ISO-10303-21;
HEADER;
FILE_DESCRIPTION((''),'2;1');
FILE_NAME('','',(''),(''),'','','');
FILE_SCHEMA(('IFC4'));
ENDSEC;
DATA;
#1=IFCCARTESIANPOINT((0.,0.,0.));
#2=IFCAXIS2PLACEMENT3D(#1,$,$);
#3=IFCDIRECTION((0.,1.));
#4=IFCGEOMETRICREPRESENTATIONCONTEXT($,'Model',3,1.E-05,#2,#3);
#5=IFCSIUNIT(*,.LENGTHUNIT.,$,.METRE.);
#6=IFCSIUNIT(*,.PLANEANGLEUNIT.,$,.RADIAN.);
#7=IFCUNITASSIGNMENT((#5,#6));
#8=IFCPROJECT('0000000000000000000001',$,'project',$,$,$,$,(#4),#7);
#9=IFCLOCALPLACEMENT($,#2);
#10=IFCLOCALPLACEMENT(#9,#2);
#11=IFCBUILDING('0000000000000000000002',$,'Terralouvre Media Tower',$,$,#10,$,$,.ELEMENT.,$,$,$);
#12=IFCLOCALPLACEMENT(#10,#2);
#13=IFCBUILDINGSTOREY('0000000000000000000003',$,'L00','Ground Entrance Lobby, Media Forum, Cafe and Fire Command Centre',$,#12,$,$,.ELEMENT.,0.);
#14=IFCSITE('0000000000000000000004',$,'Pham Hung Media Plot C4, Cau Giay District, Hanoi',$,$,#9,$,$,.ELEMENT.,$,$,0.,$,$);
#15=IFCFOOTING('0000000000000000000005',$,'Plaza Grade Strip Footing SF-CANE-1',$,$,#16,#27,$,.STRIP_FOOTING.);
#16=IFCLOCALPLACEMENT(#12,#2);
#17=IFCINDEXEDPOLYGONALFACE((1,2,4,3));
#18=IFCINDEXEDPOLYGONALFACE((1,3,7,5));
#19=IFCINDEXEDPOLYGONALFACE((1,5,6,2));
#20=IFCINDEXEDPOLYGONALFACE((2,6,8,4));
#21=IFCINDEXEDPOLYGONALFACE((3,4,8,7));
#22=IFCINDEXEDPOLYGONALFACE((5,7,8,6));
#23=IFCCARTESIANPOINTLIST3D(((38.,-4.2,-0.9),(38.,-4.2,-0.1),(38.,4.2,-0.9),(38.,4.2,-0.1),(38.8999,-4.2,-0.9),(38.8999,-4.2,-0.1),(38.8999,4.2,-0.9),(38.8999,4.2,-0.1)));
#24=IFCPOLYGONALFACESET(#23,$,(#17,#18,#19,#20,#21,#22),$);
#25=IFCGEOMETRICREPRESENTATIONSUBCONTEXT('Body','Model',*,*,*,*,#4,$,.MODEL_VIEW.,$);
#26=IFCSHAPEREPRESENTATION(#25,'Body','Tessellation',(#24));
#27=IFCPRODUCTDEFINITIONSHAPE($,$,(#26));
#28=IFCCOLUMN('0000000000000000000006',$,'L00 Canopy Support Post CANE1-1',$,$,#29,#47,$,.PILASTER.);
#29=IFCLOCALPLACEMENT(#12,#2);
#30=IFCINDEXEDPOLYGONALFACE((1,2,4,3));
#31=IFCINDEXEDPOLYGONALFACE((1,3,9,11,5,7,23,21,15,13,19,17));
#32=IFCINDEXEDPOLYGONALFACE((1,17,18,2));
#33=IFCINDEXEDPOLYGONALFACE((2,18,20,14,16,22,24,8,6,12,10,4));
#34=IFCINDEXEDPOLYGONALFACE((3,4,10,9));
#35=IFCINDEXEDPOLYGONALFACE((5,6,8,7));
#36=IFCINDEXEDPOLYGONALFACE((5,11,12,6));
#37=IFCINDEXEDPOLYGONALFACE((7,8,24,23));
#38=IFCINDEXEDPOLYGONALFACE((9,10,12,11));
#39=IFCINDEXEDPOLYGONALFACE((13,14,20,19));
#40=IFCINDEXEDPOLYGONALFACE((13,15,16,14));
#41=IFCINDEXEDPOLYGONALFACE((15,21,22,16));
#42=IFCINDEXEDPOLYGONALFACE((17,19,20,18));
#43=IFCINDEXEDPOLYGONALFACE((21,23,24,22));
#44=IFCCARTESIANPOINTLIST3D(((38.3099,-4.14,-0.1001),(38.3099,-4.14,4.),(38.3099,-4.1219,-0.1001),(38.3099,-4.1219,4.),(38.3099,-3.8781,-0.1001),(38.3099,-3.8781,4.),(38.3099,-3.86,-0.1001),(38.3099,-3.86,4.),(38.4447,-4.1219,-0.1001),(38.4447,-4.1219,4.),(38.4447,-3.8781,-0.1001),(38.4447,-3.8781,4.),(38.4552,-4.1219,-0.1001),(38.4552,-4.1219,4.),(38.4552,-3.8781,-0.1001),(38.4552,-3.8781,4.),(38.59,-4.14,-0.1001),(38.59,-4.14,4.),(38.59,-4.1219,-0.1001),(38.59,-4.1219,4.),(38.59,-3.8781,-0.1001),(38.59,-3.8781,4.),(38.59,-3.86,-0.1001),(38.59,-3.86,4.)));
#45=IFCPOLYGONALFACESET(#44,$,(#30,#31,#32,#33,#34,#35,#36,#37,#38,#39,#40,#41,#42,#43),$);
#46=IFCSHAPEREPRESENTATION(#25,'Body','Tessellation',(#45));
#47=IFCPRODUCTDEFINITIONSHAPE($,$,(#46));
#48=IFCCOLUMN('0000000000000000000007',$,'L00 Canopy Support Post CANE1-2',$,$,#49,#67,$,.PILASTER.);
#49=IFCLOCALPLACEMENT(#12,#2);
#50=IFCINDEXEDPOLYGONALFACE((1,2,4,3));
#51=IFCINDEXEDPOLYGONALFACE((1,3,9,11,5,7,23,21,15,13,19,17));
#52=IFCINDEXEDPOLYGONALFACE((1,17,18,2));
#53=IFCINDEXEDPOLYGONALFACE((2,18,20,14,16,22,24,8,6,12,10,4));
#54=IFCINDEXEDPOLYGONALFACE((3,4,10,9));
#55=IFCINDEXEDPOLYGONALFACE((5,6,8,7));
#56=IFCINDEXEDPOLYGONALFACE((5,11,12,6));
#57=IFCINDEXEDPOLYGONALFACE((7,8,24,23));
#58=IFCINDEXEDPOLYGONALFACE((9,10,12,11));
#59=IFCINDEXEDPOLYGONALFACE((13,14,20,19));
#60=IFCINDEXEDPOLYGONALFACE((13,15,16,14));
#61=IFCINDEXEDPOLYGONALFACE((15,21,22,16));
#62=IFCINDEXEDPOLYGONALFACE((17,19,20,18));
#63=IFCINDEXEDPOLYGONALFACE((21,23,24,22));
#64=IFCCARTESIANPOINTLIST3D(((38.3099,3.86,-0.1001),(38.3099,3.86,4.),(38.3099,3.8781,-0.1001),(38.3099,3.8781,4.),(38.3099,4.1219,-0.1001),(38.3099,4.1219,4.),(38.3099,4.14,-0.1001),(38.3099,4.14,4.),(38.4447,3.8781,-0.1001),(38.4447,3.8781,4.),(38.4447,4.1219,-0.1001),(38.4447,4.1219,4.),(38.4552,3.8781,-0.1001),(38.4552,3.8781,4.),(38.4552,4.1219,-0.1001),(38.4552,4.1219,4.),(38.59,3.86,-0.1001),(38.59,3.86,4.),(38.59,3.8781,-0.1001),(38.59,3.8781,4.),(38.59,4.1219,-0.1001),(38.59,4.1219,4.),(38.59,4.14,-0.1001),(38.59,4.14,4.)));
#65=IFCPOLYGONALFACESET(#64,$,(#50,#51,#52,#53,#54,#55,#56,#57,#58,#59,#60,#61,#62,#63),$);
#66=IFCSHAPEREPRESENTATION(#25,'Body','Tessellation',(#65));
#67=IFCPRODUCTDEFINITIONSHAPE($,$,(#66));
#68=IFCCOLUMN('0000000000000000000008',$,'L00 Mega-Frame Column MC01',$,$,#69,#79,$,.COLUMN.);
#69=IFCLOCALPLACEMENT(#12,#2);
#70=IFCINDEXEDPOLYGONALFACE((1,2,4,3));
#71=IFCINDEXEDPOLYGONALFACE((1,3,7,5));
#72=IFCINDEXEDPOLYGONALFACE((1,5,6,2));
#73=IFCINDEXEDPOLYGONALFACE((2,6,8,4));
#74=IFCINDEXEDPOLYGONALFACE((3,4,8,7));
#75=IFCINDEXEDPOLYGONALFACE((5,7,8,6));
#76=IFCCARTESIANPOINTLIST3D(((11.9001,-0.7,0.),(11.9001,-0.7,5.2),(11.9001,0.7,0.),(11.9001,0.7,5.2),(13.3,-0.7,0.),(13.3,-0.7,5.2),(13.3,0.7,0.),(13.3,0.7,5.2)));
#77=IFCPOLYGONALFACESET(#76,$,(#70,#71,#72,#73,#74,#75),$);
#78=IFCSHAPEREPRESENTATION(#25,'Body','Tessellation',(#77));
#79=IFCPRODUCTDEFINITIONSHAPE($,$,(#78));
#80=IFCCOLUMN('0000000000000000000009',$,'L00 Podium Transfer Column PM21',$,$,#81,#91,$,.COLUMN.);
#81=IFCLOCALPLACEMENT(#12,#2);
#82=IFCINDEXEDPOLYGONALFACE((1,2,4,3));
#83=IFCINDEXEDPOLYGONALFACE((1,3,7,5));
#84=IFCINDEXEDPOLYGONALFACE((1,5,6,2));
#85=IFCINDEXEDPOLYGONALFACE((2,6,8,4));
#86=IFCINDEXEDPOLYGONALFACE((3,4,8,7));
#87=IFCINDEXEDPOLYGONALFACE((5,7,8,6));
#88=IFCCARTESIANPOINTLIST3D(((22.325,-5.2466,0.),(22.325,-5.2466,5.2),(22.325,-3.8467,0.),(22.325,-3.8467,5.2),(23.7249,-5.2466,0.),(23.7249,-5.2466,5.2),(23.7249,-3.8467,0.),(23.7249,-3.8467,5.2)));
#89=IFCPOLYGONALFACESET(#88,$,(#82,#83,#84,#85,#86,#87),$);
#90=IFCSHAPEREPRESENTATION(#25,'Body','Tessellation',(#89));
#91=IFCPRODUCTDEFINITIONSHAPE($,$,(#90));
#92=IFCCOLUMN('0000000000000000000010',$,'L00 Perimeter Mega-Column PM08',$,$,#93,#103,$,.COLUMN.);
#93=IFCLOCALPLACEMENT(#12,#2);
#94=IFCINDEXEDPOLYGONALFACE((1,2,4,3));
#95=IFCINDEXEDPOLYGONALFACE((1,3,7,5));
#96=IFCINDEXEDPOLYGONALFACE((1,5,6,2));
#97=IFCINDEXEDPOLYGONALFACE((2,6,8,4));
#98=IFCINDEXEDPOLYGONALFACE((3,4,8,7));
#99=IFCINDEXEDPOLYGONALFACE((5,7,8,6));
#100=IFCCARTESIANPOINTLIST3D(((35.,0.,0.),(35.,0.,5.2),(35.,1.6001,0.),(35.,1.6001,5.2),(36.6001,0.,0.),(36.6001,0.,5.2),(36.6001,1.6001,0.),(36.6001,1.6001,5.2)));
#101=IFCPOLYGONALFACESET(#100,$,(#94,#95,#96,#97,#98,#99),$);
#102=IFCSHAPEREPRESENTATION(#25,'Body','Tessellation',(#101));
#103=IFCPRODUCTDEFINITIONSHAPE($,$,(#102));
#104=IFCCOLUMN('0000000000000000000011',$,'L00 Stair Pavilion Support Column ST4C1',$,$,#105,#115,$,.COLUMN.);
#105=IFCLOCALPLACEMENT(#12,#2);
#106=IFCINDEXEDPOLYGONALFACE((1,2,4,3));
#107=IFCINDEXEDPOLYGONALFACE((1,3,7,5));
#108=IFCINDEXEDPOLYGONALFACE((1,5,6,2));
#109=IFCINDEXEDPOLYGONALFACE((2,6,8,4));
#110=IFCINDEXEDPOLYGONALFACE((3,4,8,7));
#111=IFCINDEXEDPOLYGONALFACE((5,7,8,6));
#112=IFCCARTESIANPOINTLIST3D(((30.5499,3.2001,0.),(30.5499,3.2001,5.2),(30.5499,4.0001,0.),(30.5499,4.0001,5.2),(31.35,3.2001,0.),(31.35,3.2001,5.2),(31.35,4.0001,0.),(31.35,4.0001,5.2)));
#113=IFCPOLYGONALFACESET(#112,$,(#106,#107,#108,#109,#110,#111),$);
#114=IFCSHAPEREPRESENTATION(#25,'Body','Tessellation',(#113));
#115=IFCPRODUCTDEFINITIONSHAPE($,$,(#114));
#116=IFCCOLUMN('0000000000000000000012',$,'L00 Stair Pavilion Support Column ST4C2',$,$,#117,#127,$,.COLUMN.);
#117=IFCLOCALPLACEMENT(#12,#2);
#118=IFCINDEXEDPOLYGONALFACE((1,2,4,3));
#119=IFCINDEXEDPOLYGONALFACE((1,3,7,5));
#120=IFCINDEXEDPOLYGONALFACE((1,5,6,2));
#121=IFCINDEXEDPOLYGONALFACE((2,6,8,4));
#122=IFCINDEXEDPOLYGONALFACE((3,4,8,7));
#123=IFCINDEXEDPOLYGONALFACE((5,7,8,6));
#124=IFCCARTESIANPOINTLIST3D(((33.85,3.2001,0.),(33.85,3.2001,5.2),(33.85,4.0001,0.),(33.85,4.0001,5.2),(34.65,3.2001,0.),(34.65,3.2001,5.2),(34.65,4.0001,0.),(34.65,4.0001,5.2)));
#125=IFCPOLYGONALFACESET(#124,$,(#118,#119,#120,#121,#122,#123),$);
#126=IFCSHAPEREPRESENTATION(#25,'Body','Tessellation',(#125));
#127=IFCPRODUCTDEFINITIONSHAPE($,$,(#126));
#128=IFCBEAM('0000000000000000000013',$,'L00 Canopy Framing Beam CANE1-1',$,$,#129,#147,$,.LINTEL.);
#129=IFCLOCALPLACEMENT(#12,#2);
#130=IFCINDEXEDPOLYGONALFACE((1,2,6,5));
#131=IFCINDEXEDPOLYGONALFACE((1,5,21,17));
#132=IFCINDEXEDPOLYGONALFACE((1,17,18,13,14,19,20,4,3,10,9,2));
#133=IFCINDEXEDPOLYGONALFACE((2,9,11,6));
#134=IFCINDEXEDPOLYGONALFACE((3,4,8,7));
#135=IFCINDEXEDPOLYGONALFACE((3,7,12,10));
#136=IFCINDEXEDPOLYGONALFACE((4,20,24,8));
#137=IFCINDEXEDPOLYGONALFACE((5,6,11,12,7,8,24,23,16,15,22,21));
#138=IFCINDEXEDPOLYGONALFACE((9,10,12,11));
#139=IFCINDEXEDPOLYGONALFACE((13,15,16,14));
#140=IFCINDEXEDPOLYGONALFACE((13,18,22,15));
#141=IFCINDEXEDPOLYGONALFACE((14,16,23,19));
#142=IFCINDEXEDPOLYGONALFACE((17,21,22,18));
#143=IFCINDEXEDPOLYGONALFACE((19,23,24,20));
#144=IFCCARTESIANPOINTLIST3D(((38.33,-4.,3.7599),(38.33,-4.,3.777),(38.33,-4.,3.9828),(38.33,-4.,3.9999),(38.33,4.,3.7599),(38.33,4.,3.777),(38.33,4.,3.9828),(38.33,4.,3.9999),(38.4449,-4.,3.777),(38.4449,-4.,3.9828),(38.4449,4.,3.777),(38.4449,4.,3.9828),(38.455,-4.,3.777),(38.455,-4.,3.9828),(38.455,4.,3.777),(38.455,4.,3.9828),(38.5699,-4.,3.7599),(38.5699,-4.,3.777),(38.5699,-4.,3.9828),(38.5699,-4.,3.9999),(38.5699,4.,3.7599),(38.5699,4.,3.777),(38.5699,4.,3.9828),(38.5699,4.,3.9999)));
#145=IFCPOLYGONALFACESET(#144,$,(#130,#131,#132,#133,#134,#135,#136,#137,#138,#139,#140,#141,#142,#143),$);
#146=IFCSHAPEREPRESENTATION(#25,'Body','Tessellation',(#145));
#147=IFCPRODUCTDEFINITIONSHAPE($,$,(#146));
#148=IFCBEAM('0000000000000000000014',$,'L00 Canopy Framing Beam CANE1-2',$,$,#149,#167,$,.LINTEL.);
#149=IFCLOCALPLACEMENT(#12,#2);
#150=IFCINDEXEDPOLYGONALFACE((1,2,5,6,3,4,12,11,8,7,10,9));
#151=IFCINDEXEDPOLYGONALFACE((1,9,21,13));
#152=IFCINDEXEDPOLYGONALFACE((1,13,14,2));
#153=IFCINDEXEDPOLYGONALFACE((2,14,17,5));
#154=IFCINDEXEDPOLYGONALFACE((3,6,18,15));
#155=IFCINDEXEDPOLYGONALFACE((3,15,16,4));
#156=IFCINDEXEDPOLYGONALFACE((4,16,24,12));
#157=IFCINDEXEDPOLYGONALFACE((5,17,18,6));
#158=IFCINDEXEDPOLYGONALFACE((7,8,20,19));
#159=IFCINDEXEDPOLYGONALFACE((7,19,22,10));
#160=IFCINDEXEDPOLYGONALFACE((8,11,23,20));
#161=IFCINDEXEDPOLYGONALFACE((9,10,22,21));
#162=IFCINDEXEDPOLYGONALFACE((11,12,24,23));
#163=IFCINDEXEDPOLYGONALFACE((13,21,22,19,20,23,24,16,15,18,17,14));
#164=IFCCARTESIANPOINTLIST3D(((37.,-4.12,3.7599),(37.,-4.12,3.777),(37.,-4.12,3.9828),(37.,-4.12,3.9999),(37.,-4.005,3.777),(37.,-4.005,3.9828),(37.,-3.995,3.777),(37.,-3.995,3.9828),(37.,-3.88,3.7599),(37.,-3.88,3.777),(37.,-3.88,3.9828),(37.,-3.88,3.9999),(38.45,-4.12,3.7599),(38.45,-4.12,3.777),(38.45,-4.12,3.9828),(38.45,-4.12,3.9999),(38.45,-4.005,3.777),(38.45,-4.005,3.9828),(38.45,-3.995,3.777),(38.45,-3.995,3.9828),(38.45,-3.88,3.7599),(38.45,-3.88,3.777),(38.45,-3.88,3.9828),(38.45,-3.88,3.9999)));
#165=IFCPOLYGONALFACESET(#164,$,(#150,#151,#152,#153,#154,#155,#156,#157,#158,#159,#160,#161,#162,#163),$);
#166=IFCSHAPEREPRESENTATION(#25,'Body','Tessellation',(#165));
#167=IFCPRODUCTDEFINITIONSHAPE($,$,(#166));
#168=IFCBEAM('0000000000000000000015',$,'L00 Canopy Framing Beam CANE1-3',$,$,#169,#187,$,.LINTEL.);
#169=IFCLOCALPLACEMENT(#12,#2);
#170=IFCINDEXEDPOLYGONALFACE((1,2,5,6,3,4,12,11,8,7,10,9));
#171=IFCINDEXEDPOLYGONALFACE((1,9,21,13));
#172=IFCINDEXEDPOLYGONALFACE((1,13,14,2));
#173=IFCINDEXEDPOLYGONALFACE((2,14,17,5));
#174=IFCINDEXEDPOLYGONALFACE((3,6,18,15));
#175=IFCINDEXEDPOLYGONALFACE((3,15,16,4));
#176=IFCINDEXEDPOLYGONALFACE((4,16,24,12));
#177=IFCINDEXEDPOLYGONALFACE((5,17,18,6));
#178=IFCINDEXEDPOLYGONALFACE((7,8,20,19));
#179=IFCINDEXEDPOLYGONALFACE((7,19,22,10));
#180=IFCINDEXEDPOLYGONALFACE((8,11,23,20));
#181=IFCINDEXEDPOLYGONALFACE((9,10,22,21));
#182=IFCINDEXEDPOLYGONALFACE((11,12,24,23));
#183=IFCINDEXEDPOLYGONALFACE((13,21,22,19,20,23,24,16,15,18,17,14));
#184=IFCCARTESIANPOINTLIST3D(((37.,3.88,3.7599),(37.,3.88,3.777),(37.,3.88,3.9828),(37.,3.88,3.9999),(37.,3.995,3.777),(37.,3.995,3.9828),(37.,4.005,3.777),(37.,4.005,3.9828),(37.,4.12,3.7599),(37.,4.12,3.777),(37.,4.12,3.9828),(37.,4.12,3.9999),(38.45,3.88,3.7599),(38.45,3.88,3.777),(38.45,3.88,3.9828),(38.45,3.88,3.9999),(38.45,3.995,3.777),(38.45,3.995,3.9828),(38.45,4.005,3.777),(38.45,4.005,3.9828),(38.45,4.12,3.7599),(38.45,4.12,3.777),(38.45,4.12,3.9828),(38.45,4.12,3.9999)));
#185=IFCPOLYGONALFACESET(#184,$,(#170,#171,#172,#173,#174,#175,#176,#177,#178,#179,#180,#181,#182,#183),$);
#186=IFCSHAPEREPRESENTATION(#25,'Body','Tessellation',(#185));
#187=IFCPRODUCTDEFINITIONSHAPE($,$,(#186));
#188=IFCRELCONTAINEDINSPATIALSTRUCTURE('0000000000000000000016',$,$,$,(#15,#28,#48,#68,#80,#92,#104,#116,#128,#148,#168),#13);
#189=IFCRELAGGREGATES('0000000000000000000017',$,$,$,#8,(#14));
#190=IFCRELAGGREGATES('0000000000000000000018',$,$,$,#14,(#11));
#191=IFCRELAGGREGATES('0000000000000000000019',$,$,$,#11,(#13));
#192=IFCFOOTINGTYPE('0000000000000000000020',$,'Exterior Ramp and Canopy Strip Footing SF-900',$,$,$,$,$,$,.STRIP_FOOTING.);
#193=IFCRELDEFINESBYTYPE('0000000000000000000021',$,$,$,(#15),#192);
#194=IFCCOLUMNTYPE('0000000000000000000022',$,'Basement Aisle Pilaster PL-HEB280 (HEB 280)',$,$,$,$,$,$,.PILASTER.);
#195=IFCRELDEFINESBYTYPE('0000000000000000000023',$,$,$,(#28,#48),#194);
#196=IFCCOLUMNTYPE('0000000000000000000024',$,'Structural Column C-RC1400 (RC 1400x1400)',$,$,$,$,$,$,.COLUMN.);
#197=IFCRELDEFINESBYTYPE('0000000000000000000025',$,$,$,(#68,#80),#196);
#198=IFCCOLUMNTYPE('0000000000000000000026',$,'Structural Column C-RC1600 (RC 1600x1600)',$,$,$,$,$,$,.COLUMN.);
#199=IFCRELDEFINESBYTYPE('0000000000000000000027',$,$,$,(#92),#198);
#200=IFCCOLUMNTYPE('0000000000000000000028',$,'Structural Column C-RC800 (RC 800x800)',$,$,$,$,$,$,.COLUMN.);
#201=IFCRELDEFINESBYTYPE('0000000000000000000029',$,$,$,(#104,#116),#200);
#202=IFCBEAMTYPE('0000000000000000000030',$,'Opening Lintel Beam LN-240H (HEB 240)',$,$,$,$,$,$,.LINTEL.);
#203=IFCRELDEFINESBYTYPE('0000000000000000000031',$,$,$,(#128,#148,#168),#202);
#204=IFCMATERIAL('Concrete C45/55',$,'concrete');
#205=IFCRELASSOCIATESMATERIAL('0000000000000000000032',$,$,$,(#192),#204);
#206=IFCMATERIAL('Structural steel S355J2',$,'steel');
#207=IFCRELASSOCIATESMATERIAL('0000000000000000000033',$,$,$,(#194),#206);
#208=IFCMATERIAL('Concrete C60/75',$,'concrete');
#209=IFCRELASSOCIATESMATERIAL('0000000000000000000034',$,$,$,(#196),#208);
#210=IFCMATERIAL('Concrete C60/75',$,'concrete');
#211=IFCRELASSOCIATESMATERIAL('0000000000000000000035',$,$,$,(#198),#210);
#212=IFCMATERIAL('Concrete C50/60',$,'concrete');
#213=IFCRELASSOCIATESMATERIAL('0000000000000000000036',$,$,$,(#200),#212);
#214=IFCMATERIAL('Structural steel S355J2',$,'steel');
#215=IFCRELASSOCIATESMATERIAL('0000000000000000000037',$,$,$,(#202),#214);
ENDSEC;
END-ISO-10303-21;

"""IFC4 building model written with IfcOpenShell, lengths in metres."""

from ifc_helpers import new_model, si_unit, direction, frame, origin, origin_2d, place, context, subcontext, project, spatial, rectangle, i_section, extrude, material, material_profile, profile_set, type_object, element, save


model = new_model("IFC4")

# Units and contexts
model_context = context("Model", 3, precision=1e-05, world=origin(), true_north=direction((0.0, 1.0)))
body_context = subcontext(model_context, "Body", "Model", "MODEL_VIEW")
ifc_project = project(units=[si_unit("LENGTHUNIT", "METRE"), si_unit("PLANEANGLEUNIT", "RADIAN")], contexts=[model_context])

# Site, building, storey
site_placement = place(None, origin())
site = spatial("IfcSite", under=ifc_project, at=site_placement, Name="Pham Hung Media Plot C4, Cau Giay District, Hanoi", CompositionType="ELEMENT", RefElevation=0.0)
building_placement = place(site_placement, origin())
building = spatial("IfcBuilding", under=site, at=building_placement, Name="Terralouvre Media Tower", CompositionType="ELEMENT")
storey_placement = place(building_placement, origin())
storey = spatial("IfcBuildingStorey", under=building, at=storey_placement, Name="L00", Description="Ground Entrance Lobby, Media Forum, Cafe and Fire Command Centre", CompositionType="ELEMENT", Elevation=0.0)

# Footing
ifc_material_1 = material(Name="Concrete C45/55", Category="concrete")
ifc_material_profile_1 = material_profile(ifc_material_1, rectangle(XDim=0.8999, YDim=0.8, at=origin_2d()), Name="SF 900x800")
ifc_profile_set_1 = profile_set([ifc_material_profile_1], Name="Concrete C45/55")
footing_type = type_object("IfcFootingType", Name="Exterior Ramp and Canopy Strip Footing SF-900", PredefinedType="STRIP_FOOTING", material=ifc_profile_set_1)
footing_placement = place(storey_placement, frame((38.45, -4.2, -0.5), z_axis=(0.0, 1.0, 0.0), x_axis=(-1.0, 0.0, 0.0)))
element("IfcFooting", 1, at=footing_placement, inside=storey, type_object=footing_type, Name="Plaza Grade Strip Footing SF-CANE-1", PredefinedType="STRIP_FOOTING", context=body_context, shape_type="SweptSolid", body=[
    extrude(rectangle(XDim=0.8999, YDim=0.8, at=origin_2d()), origin(), (0.0, 0.0, 1.0), 8.3999),
])

# Columns
ifc_material_2 = material(Name="Structural steel S355J2", Category="steel")
ifc_material_profile_2 = material_profile(ifc_material_2, i_section(OverallWidth=0.28, OverallDepth=0.28, WebThickness=0.0105, FlangeThickness=0.0181, at=origin_2d()), Name="HEB 280")
ifc_profile_set_2 = profile_set([ifc_material_profile_2], Name="Structural steel S355J2")
column_type_1 = type_object("IfcColumnType", Name="Basement Aisle Pilaster PL-HEB280 (HEB 280)", PredefinedType="PILASTER", material=ifc_profile_set_2)
for number, where, z_axis, x_axis, name in (
    (2, (38.45, -4.0, -0.1001), (0.0, 0.0, 1.0), (1.0, 0.0, 0.0), "L00 Canopy Support Post CANE1-1"),
    (3, (38.45, 4.0, -0.1001), (0.0, 0.0, 1.0), (1.0, 0.0, 0.0), "L00 Canopy Support Post CANE1-2"),
):
    element("IfcColumn", number, at=place(storey_placement, frame(where, z_axis=z_axis, x_axis=x_axis)), inside=storey, type_object=column_type_1, Name=name, PredefinedType="PILASTER", context=body_context, shape_type="SweptSolid", body=[
        extrude(i_section(OverallWidth=0.28, OverallDepth=0.28, WebThickness=0.0105, FlangeThickness=0.0181, at=origin_2d()), origin(), (0.0, 0.0, 1.0), 4.1001),
    ])
ifc_material_3 = material(Name="Concrete C60/75", Category="concrete")
ifc_material_profile_3 = material_profile(ifc_material_3, rectangle(XDim=1.3999, YDim=1.3999, at=origin_2d()), Name="RC 1400x1400")
ifc_profile_set_3 = profile_set([ifc_material_profile_3], Name="Concrete C60/75")
column_type_2 = type_object("IfcColumnType", Name="Structural Column C-RC1400 (RC 1400x1400)", PredefinedType="COLUMN", material=ifc_profile_set_3)
for number, where, z_axis, x_axis, name in (
    (4, (12.6001, 0.0, 0.0), (0.0, 0.0, 1.0), (1.0, 0.0, 0.0), "L00 Mega-Frame Column MC01"),
    (5, (23.0249, -4.5466, 0.0), (0.0, 0.0, 1.0), (1.0, 0.0, 0.0), "L00 Podium Transfer Column PM21"),
):
    element("IfcColumn", number, at=place(storey_placement, frame(where, z_axis=z_axis, x_axis=x_axis)), inside=storey, type_object=column_type_2, Name=name, PredefinedType="COLUMN", context=body_context, shape_type="SweptSolid", body=[
        extrude(rectangle(XDim=1.3999, YDim=1.3999, at=origin_2d()), origin(), (0.0, 0.0, 1.0), 5.2),
    ])
ifc_material_4 = material(Name="Concrete C60/75", Category="concrete")
ifc_material_profile_4 = material_profile(ifc_material_4, rectangle(XDim=1.6001, YDim=1.6001, at=origin_2d()), Name="RC 1600x1600")
ifc_profile_set_4 = profile_set([ifc_material_profile_4], Name="Concrete C60/75")
column_type_3 = type_object("IfcColumnType", Name="Structural Column C-RC1600 (RC 1600x1600)", PredefinedType="COLUMN", material=ifc_profile_set_4)
column_placement = place(storey_placement, frame((35.8, 0.8, 0.0), z_axis=(0.0, 0.0, 1.0), x_axis=(1.0, 0.0, 0.0)))
element("IfcColumn", 6, at=column_placement, inside=storey, type_object=column_type_3, Name="L00 Perimeter Mega-Column PM08", PredefinedType="COLUMN", context=body_context, shape_type="SweptSolid", body=[
    extrude(rectangle(XDim=1.6001, YDim=1.6001, at=origin_2d()), origin(), (0.0, 0.0, 1.0), 5.2),
])
ifc_material_5 = material(Name="Concrete C50/60", Category="concrete")
ifc_material_profile_5 = material_profile(ifc_material_5, rectangle(XDim=0.8, YDim=0.8, at=origin_2d()), Name="RC 800x800")
ifc_profile_set_5 = profile_set([ifc_material_profile_5], Name="Concrete C50/60")
column_type_4 = type_object("IfcColumnType", Name="Structural Column C-RC800 (RC 800x800)", PredefinedType="COLUMN", material=ifc_profile_set_5)
for number, where, z_axis, x_axis, name in (
    (7, (30.95, 3.6001, 0.0), (0.0, 0.0, 1.0), (1.0, 0.0, 0.0), "L00 Stair Pavilion Support Column ST4C1"),
    (8, (34.25, 3.6001, 0.0), (0.0, 0.0, 1.0), (1.0, 0.0, 0.0), "L00 Stair Pavilion Support Column ST4C2"),
):
    element("IfcColumn", number, at=place(storey_placement, frame(where, z_axis=z_axis, x_axis=x_axis)), inside=storey, type_object=column_type_4, Name=name, PredefinedType="COLUMN", context=body_context, shape_type="SweptSolid", body=[
        extrude(rectangle(XDim=0.8, YDim=0.8, at=origin_2d()), origin(), (0.0, 0.0, 1.0), 5.2),
    ])

# Beams
ifc_material_6 = material(Name="Structural steel S355J2", Category="steel")
ifc_material_profile_6 = material_profile(ifc_material_6, i_section(OverallWidth=0.24, OverallDepth=0.24, WebThickness=0.01, FlangeThickness=0.0171, at=origin_2d()), Name="HEB 240")
ifc_profile_set_6 = profile_set([ifc_material_profile_6], Name="Structural steel S355J2")
beam_type_1 = type_object("IfcBeamType", Name="Opening Lintel Beam LN-240H (HEB 240)", PredefinedType="LINTEL", material=ifc_profile_set_6)
beam_1_placement = place(storey_placement, frame((38.45, -4.0, 3.8799), z_axis=(0.0, 1.0, 0.0), x_axis=(-1.0, 0.0, 0.0)))
element("IfcBeam", 9, at=beam_1_placement, inside=storey, type_object=beam_type_1, Name="L00 Canopy Framing Beam CANE1-1", PredefinedType="LINTEL", context=body_context, shape_type="SweptSolid", body=[
    extrude(i_section(OverallWidth=0.24, OverallDepth=0.24, WebThickness=0.01, FlangeThickness=0.0171, at=origin_2d()), origin(), (0.0, 0.0, 1.0), 8.0),
])
for number, where, z_axis, x_axis, name in (
    (10, (38.45, -4.0, 3.8799), (-1.0, 0.0, 0.0), (0.0, -1.0, 0.0), "L00 Canopy Framing Beam CANE1-2"),
    (11, (38.45, 4.0, 3.8799), (-1.0, 0.0, 0.0), (0.0, -1.0, 0.0), "L00 Canopy Framing Beam CANE1-3"),
):
    element("IfcBeam", number, at=place(storey_placement, frame(where, z_axis=z_axis, x_axis=x_axis)), inside=storey, type_object=beam_type_1, Name=name, PredefinedType="LINTEL", context=body_context, shape_type="SweptSolid", body=[
        extrude(i_section(OverallWidth=0.24, OverallDepth=0.24, WebThickness=0.01, FlangeThickness=0.0171, at=origin_2d()), origin(), (0.0, 0.0, 1.0), 1.45),
    ])

save(model, "model.ifc")
